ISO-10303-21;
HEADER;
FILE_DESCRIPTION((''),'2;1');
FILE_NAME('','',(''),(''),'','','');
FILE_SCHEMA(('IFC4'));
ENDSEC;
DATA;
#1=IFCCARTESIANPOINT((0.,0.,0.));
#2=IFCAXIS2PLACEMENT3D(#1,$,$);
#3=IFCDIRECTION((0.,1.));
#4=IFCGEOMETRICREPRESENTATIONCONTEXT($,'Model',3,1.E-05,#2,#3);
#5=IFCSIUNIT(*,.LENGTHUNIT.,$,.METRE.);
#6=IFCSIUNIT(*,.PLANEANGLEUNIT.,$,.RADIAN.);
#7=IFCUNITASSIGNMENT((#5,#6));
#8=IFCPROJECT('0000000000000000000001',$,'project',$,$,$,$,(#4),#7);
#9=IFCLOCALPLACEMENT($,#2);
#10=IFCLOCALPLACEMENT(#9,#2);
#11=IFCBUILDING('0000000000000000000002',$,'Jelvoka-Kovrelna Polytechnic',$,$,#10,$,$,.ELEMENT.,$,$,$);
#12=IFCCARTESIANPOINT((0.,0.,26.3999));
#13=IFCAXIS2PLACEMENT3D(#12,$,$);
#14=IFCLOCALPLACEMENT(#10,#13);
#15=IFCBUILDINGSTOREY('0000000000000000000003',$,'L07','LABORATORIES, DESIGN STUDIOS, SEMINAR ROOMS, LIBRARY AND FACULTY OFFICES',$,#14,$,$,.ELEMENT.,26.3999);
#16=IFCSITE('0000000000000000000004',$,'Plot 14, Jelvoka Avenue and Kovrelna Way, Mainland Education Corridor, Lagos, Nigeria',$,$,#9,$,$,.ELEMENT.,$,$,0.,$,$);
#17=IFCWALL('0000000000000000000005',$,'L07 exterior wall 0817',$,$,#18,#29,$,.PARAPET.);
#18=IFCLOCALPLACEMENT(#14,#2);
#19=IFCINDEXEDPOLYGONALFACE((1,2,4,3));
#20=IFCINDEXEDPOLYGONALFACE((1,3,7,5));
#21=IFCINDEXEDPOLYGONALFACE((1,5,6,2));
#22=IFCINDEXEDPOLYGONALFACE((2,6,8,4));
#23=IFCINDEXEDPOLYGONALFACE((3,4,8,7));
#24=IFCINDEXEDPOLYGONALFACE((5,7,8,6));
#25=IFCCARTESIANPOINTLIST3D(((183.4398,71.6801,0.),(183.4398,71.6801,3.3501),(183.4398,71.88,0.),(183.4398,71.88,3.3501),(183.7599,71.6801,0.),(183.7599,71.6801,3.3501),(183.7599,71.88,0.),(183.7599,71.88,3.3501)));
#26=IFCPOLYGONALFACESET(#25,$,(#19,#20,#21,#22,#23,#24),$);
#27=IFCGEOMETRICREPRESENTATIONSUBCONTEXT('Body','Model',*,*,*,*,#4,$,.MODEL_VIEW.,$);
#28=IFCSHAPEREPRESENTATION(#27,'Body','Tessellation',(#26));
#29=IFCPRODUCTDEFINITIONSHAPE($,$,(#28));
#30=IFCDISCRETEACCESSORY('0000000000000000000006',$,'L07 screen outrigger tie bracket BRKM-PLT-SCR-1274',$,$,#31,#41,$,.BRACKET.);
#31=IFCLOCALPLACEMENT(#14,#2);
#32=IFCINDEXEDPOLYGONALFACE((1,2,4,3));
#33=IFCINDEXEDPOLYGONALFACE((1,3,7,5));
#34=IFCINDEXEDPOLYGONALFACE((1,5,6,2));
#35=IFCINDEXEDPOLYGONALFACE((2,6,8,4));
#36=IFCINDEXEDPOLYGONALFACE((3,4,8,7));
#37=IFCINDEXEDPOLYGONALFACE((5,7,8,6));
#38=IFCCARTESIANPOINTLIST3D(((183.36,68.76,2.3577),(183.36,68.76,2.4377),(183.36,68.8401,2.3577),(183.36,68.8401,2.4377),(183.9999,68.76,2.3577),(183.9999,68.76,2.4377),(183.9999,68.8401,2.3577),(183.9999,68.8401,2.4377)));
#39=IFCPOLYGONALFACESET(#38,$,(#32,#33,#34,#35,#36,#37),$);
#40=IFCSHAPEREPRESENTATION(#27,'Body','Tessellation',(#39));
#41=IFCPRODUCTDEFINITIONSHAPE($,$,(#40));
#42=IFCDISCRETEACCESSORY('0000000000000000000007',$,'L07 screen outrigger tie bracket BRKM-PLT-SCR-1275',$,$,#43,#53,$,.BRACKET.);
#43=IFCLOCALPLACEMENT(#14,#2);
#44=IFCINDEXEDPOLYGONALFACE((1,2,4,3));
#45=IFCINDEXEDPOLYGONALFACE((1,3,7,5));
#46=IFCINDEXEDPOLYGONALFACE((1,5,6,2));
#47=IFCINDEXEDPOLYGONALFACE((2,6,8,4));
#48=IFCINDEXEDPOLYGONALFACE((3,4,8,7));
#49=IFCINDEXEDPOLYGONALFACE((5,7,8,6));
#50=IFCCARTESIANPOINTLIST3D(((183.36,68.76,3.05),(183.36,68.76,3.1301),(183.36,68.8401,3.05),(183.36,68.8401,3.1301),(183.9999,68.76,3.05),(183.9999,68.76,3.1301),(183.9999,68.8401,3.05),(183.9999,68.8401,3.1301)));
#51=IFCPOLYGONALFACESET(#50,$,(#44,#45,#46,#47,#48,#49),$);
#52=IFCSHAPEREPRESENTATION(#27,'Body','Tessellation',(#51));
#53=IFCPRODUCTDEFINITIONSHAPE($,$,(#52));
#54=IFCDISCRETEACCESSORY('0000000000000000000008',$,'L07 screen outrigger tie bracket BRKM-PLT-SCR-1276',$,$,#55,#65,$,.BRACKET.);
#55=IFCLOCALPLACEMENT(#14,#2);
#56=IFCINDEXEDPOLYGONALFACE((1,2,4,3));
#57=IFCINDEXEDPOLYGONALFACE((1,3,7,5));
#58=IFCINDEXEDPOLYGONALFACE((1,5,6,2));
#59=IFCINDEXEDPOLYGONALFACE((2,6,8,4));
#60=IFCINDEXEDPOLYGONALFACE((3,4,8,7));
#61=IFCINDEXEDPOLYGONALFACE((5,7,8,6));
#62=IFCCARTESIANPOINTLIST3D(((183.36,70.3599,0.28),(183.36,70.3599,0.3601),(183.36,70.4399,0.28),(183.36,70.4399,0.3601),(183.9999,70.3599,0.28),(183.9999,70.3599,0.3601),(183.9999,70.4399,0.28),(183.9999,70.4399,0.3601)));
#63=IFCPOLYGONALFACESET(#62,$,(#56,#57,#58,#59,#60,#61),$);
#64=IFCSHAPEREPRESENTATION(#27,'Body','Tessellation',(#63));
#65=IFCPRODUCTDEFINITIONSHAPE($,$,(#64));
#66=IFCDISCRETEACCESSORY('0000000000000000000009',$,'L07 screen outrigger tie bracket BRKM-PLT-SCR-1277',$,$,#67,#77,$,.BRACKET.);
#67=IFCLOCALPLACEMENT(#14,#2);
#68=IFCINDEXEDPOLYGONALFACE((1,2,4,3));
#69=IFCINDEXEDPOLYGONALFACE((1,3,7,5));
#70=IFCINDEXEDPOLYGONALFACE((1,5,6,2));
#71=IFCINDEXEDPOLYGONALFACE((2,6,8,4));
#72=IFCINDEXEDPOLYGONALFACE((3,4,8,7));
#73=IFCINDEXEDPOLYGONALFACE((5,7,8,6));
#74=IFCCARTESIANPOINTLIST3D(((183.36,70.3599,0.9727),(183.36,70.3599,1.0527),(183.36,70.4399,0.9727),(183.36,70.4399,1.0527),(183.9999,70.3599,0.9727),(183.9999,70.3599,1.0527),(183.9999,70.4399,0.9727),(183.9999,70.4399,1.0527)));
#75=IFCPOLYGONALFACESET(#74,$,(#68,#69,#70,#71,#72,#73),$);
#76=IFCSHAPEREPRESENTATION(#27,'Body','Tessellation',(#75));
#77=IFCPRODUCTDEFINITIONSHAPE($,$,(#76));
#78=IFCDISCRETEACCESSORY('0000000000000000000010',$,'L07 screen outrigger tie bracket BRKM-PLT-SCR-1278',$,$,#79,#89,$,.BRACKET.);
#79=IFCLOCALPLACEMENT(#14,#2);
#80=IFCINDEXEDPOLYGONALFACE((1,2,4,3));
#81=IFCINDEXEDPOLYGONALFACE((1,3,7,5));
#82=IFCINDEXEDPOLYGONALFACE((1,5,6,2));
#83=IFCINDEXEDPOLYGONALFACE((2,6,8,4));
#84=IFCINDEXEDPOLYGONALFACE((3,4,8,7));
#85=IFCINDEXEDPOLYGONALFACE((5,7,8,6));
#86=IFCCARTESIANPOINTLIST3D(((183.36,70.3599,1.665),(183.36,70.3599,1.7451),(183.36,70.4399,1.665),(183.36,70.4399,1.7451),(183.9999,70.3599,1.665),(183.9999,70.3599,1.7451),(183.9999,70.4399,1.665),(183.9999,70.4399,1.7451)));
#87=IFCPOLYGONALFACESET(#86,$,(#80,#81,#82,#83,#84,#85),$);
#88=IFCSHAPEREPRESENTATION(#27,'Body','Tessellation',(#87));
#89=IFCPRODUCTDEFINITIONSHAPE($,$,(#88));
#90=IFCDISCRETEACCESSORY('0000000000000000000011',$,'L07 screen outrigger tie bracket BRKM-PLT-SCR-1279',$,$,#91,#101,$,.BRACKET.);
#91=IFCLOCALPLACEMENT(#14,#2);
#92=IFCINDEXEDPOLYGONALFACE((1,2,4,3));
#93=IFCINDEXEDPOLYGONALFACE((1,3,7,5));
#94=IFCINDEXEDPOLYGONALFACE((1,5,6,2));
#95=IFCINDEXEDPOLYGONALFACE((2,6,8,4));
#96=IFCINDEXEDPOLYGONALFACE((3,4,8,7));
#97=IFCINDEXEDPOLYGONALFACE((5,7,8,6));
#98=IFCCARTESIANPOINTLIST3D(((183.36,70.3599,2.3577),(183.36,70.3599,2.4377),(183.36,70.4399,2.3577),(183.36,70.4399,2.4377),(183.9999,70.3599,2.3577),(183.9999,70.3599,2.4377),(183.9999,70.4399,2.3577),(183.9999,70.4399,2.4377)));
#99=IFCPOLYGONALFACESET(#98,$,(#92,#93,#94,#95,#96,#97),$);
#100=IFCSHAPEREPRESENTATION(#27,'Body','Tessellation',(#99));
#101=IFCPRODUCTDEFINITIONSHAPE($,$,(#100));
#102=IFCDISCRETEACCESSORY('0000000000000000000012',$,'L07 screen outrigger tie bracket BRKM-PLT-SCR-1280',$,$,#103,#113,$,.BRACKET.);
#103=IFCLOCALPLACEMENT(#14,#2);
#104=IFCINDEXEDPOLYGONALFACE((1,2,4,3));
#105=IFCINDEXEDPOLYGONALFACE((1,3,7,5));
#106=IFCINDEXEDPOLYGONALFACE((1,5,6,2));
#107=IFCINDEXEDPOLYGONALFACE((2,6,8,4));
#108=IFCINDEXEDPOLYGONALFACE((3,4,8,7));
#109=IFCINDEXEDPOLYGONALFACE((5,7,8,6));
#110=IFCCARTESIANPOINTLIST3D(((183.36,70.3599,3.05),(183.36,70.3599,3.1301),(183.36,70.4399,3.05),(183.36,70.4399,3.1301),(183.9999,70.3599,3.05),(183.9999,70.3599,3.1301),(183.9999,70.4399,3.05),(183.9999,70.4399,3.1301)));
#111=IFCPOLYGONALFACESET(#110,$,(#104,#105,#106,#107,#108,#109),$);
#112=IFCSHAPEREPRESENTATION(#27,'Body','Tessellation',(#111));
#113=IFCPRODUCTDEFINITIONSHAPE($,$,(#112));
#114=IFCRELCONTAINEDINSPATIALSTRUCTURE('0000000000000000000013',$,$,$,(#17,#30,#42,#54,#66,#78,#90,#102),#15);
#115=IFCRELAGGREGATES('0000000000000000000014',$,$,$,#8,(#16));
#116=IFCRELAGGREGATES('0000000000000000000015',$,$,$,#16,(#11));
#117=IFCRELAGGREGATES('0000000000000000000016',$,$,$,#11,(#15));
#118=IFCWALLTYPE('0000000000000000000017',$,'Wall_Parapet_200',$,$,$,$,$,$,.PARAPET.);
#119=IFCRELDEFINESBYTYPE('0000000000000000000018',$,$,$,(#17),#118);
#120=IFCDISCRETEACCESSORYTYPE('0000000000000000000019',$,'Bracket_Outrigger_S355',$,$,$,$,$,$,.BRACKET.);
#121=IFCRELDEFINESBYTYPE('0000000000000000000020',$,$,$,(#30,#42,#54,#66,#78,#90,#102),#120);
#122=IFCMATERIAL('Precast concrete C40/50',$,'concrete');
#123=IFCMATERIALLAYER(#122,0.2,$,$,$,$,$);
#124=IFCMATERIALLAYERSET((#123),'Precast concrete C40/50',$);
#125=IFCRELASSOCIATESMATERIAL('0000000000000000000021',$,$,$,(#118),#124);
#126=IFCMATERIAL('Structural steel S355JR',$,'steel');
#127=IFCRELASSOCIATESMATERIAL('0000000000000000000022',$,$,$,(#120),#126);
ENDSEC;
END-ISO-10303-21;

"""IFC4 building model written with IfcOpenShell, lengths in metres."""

from ifc_helpers import new_model, si_unit, direction, frame, frame_2d, origin, origin_2d, place, context, subcontext, project, spatial, rectangle, extrude, material, layer, layer_set, type_object, element, save


model = new_model("IFC4")

# Units and contexts
model_context = context("Model", 3, precision=1e-05, world=origin(), true_north=direction((0.0, 1.0)))
body_context = subcontext(model_context, "Body", "Model", "MODEL_VIEW")
ifc_project = project(units=[si_unit("LENGTHUNIT", "METRE"), si_unit("PLANEANGLEUNIT", "RADIAN")], contexts=[model_context])

# Site, building, storey
site_placement = place(None, origin())
site = spatial("IfcSite", under=ifc_project, at=site_placement, Name="Plot 14, Jelvoka Avenue and Kovrelna Way, Mainland Education Corridor, Lagos, Nigeria", CompositionType="ELEMENT", RefElevation=0.0)
building_placement = place(site_placement, origin())
building = spatial("IfcBuilding", under=site, at=building_placement, Name="Jelvoka-Kovrelna Polytechnic", CompositionType="ELEMENT")
storey_placement = place(building_placement, frame((0.0, 0.0, 26.3999)))
storey = spatial("IfcBuildingStorey", under=building, at=storey_placement, Name="L07", Description="LABORATORIES, DESIGN STUDIOS, SEMINAR ROOMS, LIBRARY AND FACULTY OFFICES", CompositionType="ELEMENT", Elevation=26.3999)

# Wall
ifc_material_1 = material(Name="Precast concrete C40/50", Category="concrete")
ifc_layer_1 = layer(ifc_material_1, 0.2)
ifc_layer_set_1 = layer_set([ifc_layer_1], Name="Precast concrete C40/50")
wall_type = type_object("IfcWallType", Name="Wall_Parapet_200", PredefinedType="PARAPET", material=ifc_layer_set_1)
wall_placement = place(storey_placement, frame((183.76, 71.78, 0.0), z_axis=(0.0, 0.0, 1.0), x_axis=(-1.0, 0.0, 0.0)))
element("IfcWall", 1, at=wall_placement, inside=storey, type_object=wall_type, Name="L07 exterior wall 0817", PredefinedType="PARAPET", context=body_context, shape_type="SweptSolid", body=[
    extrude(rectangle(XDim=0.3201, YDim=0.2, at=frame_2d((0.1602, 0.0))), origin(), (0.0, 0.0, 1.0), 3.3501),
])

# Discrete accessories
ifc_material_2 = material(Name="Structural steel S355JR", Category="steel")
discrete_accessory_type = type_object("IfcDiscreteAccessoryType", Name="Bracket_Outrigger_S355", PredefinedType="BRACKET", material=ifc_material_2)
for number, where, z_axis, x_axis, name in (
    (2, (183.6799, 68.8, 2.3577), (0.0, 0.0, 1.0), (1.0, 0.0, 0.0), "L07 screen outrigger tie bracket BRKM-PLT-SCR-1274"),
    (3, (183.6799, 68.8, 3.05), (0.0, 0.0, 1.0), (1.0, 0.0, 0.0), "L07 screen outrigger tie bracket BRKM-PLT-SCR-1275"),
    (4, (183.6799, 70.3999, 0.28), (0.0, 0.0, 1.0), (1.0, 0.0, 0.0), "L07 screen outrigger tie bracket BRKM-PLT-SCR-1276"),
    (5, (183.6799, 70.3999, 0.9727), (0.0, 0.0, 1.0), (1.0, 0.0, 0.0), "L07 screen outrigger tie bracket BRKM-PLT-SCR-1277"),
    (6, (183.6799, 70.3999, 1.665), (0.0, 0.0, 1.0), (1.0, 0.0, 0.0), "L07 screen outrigger tie bracket BRKM-PLT-SCR-1278"),
    (7, (183.6799, 70.3999, 2.3577), (0.0, 0.0, 1.0), (1.0, 0.0, 0.0), "L07 screen outrigger tie bracket BRKM-PLT-SCR-1279"),
    (8, (183.6799, 70.3999, 3.05), (0.0, 0.0, 1.0), (1.0, 0.0, 0.0), "L07 screen outrigger tie bracket BRKM-PLT-SCR-1280"),
):
    element("IfcDiscreteAccessory", number, at=place(storey_placement, frame(where, z_axis=z_axis, x_axis=x_axis)), inside=storey, type_object=discrete_accessory_type, Name=name, PredefinedType="BRACKET", context=body_context, shape_type="SweptSolid", body=[
        extrude(rectangle(XDim=0.6399, YDim=0.0801, at=origin_2d()), origin(), (0.0, 0.0, 1.0), 0.0801),
    ])

save(model, "model.ifc")
